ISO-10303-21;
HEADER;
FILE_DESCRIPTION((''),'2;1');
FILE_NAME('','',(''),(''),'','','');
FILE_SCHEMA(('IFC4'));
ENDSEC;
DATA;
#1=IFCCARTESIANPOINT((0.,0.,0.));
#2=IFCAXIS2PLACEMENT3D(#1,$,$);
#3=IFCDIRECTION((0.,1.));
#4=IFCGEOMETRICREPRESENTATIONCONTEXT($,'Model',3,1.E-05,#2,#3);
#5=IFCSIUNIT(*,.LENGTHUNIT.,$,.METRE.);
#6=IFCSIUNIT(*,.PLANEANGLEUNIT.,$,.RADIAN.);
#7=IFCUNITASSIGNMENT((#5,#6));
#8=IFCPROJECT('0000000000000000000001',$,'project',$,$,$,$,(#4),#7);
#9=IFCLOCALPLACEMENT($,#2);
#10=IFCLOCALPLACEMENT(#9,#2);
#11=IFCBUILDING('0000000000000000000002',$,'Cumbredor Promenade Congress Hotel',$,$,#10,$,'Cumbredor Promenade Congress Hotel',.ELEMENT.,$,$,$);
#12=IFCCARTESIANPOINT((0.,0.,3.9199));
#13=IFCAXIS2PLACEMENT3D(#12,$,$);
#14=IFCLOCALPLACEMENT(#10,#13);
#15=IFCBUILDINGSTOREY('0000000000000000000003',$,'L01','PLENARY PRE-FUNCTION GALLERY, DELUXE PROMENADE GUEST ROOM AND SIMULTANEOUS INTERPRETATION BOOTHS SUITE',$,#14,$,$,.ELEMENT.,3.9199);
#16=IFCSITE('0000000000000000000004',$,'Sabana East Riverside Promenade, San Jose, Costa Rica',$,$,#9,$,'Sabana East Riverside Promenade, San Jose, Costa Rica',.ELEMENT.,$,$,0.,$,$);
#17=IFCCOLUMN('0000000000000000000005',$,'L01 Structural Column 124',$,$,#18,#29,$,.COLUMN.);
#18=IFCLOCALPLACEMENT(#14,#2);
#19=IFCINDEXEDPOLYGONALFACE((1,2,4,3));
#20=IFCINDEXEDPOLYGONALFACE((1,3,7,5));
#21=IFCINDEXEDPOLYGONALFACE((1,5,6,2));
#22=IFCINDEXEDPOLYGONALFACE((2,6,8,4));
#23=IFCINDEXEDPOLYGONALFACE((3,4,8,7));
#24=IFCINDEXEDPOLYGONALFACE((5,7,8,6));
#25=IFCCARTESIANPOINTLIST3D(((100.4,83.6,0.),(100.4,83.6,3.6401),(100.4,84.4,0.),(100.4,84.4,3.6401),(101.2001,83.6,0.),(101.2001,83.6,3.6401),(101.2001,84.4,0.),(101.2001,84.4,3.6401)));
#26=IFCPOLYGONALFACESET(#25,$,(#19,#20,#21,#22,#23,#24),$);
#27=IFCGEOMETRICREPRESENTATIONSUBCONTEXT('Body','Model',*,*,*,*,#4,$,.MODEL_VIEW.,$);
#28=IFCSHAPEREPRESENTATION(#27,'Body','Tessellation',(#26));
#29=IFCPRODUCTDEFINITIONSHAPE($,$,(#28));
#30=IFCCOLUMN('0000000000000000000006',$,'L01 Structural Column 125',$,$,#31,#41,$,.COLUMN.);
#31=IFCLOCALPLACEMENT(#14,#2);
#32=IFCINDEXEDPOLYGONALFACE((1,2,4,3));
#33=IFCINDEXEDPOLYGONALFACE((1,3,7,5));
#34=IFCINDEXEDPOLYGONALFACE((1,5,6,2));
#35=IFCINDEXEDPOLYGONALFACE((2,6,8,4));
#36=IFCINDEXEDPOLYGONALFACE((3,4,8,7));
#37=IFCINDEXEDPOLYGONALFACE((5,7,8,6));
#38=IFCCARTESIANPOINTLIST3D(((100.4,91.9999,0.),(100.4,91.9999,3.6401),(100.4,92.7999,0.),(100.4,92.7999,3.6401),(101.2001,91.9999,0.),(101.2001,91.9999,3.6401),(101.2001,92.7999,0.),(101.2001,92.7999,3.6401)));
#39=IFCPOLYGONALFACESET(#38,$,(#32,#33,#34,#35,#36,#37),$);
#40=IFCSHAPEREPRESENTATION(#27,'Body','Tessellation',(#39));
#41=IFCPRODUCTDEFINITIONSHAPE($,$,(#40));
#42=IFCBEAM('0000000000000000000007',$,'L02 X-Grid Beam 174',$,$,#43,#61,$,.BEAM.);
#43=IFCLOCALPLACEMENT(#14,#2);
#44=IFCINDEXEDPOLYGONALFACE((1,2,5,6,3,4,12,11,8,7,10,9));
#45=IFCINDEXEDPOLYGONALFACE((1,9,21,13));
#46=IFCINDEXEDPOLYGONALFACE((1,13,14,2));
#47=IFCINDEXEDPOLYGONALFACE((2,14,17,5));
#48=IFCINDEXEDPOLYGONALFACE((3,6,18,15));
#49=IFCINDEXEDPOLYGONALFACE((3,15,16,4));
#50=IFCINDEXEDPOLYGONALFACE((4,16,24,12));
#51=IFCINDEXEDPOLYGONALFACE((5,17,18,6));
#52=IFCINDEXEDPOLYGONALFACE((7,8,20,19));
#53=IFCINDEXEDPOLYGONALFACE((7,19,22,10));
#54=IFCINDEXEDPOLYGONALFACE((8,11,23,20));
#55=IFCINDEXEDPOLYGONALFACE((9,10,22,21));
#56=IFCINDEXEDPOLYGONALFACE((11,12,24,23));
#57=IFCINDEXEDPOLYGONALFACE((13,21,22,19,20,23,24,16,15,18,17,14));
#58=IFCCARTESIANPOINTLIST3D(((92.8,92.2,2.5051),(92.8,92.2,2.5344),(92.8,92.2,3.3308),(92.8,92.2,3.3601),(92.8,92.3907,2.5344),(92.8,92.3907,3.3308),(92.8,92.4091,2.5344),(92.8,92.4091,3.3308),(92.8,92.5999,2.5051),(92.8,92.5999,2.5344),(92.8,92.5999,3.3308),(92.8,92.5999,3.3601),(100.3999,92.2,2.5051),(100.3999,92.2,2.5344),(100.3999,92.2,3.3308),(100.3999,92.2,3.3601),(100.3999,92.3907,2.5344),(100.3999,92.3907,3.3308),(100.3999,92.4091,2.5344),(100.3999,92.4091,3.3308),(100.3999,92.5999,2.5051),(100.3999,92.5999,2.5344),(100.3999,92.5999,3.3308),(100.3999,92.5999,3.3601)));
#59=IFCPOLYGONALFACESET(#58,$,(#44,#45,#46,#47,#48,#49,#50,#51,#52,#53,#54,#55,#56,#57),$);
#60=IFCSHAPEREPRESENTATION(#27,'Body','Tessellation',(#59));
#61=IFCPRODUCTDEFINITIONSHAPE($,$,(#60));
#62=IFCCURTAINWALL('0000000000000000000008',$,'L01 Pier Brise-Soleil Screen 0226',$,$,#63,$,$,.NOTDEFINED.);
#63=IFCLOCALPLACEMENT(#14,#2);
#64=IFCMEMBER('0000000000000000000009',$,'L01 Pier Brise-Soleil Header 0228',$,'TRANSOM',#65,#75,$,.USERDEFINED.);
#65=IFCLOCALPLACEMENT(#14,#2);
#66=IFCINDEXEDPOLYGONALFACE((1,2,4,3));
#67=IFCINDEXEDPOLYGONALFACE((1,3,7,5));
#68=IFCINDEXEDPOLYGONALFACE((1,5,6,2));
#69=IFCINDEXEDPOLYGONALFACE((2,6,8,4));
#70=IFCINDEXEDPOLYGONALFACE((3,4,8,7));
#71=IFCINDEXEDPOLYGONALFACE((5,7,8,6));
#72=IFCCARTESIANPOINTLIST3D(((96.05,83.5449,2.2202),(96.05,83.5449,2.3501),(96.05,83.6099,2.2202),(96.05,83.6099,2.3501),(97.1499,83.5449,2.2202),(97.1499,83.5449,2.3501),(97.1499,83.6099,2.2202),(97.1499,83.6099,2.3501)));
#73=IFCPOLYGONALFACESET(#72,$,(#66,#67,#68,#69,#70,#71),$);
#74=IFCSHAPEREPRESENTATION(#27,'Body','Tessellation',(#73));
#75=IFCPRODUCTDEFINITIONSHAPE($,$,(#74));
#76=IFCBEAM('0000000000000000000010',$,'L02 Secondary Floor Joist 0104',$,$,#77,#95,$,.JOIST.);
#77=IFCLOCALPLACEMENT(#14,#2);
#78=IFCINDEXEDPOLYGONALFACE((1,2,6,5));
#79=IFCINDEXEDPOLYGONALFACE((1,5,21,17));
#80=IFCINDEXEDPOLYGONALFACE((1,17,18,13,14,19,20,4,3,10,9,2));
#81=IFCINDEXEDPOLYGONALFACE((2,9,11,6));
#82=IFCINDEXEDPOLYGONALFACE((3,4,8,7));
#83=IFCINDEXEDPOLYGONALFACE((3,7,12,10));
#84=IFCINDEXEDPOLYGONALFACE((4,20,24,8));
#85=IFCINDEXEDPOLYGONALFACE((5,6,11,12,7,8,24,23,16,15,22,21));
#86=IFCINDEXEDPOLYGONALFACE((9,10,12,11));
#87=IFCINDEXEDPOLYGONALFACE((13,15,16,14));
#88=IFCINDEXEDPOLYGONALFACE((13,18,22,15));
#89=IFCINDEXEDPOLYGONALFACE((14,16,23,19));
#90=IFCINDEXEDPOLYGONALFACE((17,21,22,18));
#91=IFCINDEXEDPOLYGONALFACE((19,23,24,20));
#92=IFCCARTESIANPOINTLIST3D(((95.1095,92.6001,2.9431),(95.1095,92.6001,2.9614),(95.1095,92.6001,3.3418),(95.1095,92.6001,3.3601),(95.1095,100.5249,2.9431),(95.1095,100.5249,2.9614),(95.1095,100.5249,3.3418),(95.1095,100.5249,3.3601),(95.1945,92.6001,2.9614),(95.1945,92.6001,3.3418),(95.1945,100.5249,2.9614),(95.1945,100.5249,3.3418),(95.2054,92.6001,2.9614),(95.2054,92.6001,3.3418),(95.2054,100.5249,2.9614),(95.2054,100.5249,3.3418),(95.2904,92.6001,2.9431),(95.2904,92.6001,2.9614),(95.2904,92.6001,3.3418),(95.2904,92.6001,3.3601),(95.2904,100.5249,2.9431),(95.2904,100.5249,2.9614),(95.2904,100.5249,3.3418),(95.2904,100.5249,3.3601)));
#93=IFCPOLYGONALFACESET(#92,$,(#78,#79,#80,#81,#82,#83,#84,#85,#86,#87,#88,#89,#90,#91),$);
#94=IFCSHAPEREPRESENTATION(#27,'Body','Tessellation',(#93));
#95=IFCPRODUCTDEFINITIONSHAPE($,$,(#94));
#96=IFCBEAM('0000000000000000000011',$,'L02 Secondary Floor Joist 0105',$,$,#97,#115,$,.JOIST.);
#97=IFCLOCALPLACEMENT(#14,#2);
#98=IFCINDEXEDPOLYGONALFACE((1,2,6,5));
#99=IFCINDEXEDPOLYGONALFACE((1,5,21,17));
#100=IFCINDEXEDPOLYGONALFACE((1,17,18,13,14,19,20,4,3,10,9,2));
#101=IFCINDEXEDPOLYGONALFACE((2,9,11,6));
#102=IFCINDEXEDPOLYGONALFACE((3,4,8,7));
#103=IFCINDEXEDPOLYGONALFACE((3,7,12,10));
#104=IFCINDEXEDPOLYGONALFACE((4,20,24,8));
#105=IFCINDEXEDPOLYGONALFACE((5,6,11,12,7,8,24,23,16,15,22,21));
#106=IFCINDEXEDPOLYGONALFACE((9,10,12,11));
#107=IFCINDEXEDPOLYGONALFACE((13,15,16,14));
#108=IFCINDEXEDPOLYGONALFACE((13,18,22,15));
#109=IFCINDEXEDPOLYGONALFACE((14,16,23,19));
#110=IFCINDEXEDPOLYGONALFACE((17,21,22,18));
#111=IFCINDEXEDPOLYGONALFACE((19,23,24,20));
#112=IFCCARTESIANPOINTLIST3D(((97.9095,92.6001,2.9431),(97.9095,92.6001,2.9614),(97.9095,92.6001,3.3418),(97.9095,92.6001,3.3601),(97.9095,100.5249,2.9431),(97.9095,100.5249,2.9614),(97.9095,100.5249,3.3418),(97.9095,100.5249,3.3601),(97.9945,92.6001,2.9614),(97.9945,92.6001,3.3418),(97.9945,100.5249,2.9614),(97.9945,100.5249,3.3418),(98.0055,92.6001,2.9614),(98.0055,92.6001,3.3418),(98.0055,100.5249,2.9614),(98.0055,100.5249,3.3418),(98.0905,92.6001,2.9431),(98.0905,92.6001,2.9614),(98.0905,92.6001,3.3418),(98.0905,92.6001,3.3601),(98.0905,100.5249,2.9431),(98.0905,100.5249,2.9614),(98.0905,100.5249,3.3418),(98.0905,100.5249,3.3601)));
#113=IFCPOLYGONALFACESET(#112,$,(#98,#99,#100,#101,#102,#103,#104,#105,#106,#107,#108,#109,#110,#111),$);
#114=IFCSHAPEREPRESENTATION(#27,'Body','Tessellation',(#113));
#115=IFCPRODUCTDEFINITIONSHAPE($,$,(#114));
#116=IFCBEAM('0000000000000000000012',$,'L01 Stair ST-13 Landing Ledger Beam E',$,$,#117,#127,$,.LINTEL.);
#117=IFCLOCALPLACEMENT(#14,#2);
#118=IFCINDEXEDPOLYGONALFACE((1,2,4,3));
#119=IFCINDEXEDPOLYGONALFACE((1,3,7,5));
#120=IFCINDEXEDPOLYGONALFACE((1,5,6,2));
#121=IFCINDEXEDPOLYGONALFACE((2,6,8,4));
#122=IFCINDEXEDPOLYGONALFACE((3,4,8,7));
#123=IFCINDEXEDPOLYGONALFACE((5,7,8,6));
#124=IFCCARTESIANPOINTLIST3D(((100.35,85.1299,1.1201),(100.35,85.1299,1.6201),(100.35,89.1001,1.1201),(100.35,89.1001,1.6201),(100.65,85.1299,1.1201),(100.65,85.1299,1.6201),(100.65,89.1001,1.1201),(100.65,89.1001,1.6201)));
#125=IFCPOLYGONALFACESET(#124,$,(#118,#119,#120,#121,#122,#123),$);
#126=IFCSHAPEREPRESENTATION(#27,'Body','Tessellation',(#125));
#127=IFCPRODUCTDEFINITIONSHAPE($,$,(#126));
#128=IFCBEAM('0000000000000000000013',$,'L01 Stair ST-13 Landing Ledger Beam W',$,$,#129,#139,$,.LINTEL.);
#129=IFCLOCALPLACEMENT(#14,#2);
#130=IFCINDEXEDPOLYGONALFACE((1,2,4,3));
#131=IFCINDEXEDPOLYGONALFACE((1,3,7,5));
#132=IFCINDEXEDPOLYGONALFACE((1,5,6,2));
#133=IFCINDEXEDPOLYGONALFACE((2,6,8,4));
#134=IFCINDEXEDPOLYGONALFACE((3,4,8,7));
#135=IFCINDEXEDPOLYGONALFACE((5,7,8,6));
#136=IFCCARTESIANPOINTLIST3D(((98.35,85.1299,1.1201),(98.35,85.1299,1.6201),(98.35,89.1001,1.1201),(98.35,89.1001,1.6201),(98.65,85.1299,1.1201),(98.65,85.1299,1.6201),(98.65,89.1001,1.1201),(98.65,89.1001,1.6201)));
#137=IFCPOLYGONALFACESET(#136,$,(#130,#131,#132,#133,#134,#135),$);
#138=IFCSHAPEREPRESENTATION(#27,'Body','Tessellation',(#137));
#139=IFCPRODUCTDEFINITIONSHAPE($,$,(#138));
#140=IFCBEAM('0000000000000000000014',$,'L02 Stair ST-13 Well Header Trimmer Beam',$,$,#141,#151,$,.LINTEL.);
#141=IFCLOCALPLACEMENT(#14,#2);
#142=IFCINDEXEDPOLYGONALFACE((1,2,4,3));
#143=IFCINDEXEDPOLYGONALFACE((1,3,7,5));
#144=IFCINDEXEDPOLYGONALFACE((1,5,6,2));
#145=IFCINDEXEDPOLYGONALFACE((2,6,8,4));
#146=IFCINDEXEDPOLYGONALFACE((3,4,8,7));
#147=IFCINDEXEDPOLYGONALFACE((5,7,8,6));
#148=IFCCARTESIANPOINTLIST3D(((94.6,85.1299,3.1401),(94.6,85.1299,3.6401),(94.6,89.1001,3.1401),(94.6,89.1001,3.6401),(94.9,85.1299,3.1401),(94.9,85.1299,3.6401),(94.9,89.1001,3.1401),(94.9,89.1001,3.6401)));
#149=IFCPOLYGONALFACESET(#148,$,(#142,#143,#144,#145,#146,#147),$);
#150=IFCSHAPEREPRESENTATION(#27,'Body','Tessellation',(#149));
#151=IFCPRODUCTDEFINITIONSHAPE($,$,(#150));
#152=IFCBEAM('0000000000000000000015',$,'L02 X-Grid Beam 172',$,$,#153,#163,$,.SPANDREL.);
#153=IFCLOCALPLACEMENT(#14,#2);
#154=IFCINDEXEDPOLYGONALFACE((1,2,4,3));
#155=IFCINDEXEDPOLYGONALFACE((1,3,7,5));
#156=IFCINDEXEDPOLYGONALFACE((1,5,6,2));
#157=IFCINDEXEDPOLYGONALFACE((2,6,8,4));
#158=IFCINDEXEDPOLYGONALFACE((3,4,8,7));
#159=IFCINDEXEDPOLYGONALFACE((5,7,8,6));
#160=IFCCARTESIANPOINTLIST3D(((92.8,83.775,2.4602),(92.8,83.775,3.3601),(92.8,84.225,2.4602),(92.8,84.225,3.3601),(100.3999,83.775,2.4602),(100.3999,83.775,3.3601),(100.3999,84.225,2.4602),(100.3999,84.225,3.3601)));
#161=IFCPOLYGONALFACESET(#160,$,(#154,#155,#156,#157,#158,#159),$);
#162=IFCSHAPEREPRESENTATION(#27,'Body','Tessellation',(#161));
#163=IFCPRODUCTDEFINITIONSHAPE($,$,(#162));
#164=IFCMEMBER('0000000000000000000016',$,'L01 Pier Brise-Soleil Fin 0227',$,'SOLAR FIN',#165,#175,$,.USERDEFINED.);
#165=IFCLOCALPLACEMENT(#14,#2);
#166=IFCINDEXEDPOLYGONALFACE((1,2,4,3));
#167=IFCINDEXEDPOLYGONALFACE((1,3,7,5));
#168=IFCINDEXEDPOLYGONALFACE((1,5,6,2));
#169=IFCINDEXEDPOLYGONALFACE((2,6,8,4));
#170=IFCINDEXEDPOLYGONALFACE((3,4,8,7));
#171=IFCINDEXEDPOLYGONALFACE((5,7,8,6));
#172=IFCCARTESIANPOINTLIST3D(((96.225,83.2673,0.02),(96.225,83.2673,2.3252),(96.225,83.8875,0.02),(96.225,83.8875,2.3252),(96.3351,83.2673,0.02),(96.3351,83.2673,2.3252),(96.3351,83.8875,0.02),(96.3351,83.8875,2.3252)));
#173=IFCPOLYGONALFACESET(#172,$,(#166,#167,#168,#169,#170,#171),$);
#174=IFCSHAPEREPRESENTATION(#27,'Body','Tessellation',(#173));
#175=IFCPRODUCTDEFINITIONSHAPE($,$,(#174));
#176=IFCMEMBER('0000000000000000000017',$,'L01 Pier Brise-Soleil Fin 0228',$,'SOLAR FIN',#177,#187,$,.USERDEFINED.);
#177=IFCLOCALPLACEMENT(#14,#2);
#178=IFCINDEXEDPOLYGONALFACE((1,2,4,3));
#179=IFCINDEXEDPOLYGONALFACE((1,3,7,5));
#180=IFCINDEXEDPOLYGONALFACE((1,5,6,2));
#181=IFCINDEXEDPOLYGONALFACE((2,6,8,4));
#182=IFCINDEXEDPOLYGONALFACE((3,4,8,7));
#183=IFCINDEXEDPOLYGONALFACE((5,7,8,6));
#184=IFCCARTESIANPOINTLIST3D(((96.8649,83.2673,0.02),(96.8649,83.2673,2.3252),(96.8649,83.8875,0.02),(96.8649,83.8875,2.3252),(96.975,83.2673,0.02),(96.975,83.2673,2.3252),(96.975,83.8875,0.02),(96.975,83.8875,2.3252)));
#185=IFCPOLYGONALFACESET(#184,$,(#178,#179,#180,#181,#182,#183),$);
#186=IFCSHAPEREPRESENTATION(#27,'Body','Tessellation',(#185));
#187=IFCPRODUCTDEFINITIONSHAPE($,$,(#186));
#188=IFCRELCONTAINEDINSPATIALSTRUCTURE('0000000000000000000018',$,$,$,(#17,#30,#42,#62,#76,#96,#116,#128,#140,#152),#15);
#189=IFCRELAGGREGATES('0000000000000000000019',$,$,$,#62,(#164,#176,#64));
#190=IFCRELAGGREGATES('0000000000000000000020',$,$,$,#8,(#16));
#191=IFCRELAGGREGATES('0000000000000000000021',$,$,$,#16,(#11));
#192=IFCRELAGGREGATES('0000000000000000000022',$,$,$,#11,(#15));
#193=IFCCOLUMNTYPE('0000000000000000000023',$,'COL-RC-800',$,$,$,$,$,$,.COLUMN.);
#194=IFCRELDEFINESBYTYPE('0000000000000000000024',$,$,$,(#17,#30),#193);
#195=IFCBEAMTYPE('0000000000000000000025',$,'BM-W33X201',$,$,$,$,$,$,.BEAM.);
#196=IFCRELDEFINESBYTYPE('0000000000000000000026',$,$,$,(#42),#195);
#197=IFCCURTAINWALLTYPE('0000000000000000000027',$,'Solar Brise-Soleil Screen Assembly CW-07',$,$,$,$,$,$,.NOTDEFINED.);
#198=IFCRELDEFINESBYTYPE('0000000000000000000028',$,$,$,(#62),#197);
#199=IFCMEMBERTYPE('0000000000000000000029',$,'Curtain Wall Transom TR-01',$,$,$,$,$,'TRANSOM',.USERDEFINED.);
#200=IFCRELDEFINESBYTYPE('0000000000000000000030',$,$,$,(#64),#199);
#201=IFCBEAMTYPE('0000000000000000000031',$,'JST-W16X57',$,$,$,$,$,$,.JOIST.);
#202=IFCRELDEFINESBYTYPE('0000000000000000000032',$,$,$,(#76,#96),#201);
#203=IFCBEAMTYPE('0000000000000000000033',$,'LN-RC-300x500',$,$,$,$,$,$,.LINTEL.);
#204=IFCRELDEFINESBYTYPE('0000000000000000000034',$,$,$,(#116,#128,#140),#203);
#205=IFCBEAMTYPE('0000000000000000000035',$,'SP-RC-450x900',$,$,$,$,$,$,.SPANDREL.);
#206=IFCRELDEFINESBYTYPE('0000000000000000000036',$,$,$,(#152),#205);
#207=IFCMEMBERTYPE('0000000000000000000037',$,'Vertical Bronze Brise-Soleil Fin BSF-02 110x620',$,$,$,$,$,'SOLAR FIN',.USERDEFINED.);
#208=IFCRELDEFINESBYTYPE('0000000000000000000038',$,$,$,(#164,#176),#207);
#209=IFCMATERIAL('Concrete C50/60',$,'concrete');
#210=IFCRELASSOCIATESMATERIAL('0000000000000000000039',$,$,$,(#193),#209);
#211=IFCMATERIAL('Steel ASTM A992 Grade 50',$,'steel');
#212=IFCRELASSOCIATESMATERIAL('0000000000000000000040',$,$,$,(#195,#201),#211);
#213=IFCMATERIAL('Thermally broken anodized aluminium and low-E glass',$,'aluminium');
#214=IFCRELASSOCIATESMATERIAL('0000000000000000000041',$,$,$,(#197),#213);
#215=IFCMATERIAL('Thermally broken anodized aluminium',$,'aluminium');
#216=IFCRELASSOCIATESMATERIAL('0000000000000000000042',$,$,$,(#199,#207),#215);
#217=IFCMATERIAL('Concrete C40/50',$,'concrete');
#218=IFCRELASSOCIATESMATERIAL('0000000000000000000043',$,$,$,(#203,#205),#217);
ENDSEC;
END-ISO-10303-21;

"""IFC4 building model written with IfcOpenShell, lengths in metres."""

from ifc_helpers import new_model, si_unit, direction, frame, origin, origin_2d, place, context, subcontext, project, spatial, rectangle, i_section, extrude, material, material_profile, profile_set, type_object, element, aggregate, save


model = new_model("IFC4")

# Units and contexts
model_context = context("Model", 3, precision=1e-05, world=origin(), true_north=direction((0.0, 1.0)))
body_context = subcontext(model_context, "Body", "Model", "MODEL_VIEW")
ifc_project = project(units=[si_unit("LENGTHUNIT", "METRE"), si_unit("PLANEANGLEUNIT", "RADIAN")], contexts=[model_context])

# Site, building, storey
site_placement = place(None, origin())
site = spatial("IfcSite", under=ifc_project, at=site_placement, Name="Sabana East Riverside Promenade, San Jose, Costa Rica", LongName="Sabana East Riverside Promenade, San Jose, Costa Rica", CompositionType="ELEMENT", RefElevation=0.0)
building_placement = place(site_placement, origin())
building = spatial("IfcBuilding", under=site, at=building_placement, Name="Cumbredor Promenade Congress Hotel", LongName="Cumbredor Promenade Congress Hotel", CompositionType="ELEMENT")
storey_placement = place(building_placement, frame((0.0, 0.0, 3.9199)))
storey = spatial("IfcBuildingStorey", under=building, at=storey_placement, Name="L01", Description="PLENARY PRE-FUNCTION GALLERY, DELUXE PROMENADE GUEST ROOM AND SIMULTANEOUS INTERPRETATION BOOTHS SUITE", CompositionType="ELEMENT", Elevation=3.9199)

# Columns
ifc_material_1 = material(Name="Concrete C50/60", Category="concrete")
ifc_material_profile_1 = material_profile(ifc_material_1, rectangle(XDim=0.8, YDim=0.8, at=origin_2d()), Name="RC 800x800")
ifc_profile_set_1 = profile_set([ifc_material_profile_1], Name="Concrete C50/60")
column_type = type_object("IfcColumnType", Name="COL-RC-800", PredefinedType="COLUMN", material=ifc_profile_set_1)
for number, where, z_axis, x_axis, name in (
    (1, (100.8, 84.0, 0.0), (0.0, 0.0, 1.0), (1.0, 0.0, 0.0), "L01 Structural Column 124"),
    (2, (100.8, 92.3999, 0.0), (0.0, 0.0, 1.0), (1.0, 0.0, 0.0), "L01 Structural Column 125"),
):
    element("IfcColumn", number, at=place(storey_placement, frame(where, z_axis=z_axis, x_axis=x_axis)), inside=storey, type_object=column_type, Name=name, PredefinedType="COLUMN", context=body_context, shape_type="SweptSolid", body=[
        extrude(rectangle(XDim=0.8, YDim=0.8, at=origin_2d()), origin(), (0.0, 0.0, 1.0), 3.6401),
    ])

# Beam
ifc_material_2 = material(Name="Steel ASTM A992 Grade 50", Category="steel")
ifc_material_profile_2 = material_profile(ifc_material_2, i_section(OverallWidth=0.3999, OverallDepth=0.855, WebThickness=0.0183, FlangeThickness=0.0293, at=origin_2d()), Name="W33X201")
ifc_profile_set_2 = profile_set([ifc_material_profile_2], Name="Steel ASTM A992 Grade 50")
beam_type_1 = type_object("IfcBeamType", Name="BM-W33X201", PredefinedType="BEAM", material=ifc_profile_set_2)
beam_1_placement = place(storey_placement, frame((92.8, 92.3999, 2.9326), z_axis=(1.0, 0.0, 0.0), x_axis=(0.0, 1.0, 0.0)))
element("IfcBeam", 3, at=beam_1_placement, inside=storey, type_object=beam_type_1, Name="L02 X-Grid Beam 174", PredefinedType="BEAM", context=body_context, shape_type="SweptSolid", body=[
    extrude(i_section(OverallWidth=0.3999, OverallDepth=0.855, WebThickness=0.0183, FlangeThickness=0.0293, at=origin_2d()), origin(), (0.0, 0.0, 1.0), 7.5999),
])

# Curtain wall, member
ifc_material_3 = material(Name="Thermally broken anodized aluminium and low-E glass", Category="aluminium")
curtain_wall_type = type_object("IfcCurtainWallType", Name="Solar Brise-Soleil Screen Assembly CW-07", PredefinedType="NOTDEFINED", material=ifc_material_3)
curtain_wall_placement = place(storey_placement, origin())
curtain_wall = element("IfcCurtainWall", 4, at=curtain_wall_placement, inside=storey, type_object=curtain_wall_type, Name="L01 Pier Brise-Soleil Screen 0226", PredefinedType="NOTDEFINED")
ifc_material_4 = material(Name="Thermally broken anodized aluminium", Category="aluminium")
ifc_material_profile_3 = material_profile(ifc_material_4, rectangle(XDim=0.0649, YDim=0.1299, at=origin_2d()), Name="ALU TRANSOM 65x130")
ifc_profile_set_3 = profile_set([ifc_material_profile_3], Name="Thermally broken anodized aluminium")
member_type_1 = type_object("IfcMemberType", Name="Curtain Wall Transom TR-01", ElementType="TRANSOM", PredefinedType="USERDEFINED", material=ifc_profile_set_3)
member_1_placement = place(storey_placement, frame((96.05, 83.5774, 2.2852), z_axis=(1.0, 0.0, 0.0), x_axis=(0.0, 1.0, 0.0)))
member_1 = element("IfcMember", 5, at=member_1_placement, type_object=member_type_1, Name="L01 Pier Brise-Soleil Header 0228", ObjectType="TRANSOM", PredefinedType="USERDEFINED", context=body_context, shape_type="SweptSolid", body=[
    extrude(rectangle(XDim=0.0649, YDim=0.1299, at=origin_2d()), origin(), (0.0, 0.0, 1.0), 1.0999),
])

# Beams
ifc_material_profile_4 = material_profile(ifc_material_2, i_section(OverallWidth=0.1809, OverallDepth=0.417, WebThickness=0.011, FlangeThickness=0.0183, at=origin_2d()), Name="W16X57")
ifc_profile_set_4 = profile_set([ifc_material_profile_4], Name="Steel ASTM A992 Grade 50")
beam_type_2 = type_object("IfcBeamType", Name="JST-W16X57", PredefinedType="JOIST", material=ifc_profile_set_4)
for number, where, z_axis, x_axis, name in (
    (6, (95.2, 92.6001, 3.1516), (0.0, 1.0, 0.0), (-1.0, 0.0, 0.0), "L02 Secondary Floor Joist 0104"),
    (7, (98.0, 92.6001, 3.1516), (0.0, 1.0, 0.0), (-1.0, 0.0, 0.0), "L02 Secondary Floor Joist 0105"),
):
    element("IfcBeam", number, at=place(storey_placement, frame(where, z_axis=z_axis, x_axis=x_axis)), inside=storey, type_object=beam_type_2, Name=name, PredefinedType="JOIST", context=body_context, shape_type="SweptSolid", body=[
        extrude(i_section(OverallWidth=0.1809, OverallDepth=0.417, WebThickness=0.011, FlangeThickness=0.0183, at=origin_2d()), origin(), (0.0, 0.0, 1.0), 7.9248),
    ])
ifc_material_5 = material(Name="Concrete C40/50", Category="concrete")
ifc_material_profile_5 = material_profile(ifc_material_5, rectangle(XDim=0.3, YDim=0.5, at=origin_2d()), Name="RC LINTEL 300x500")
ifc_profile_set_5 = profile_set([ifc_material_profile_5], Name="Concrete C40/50")
beam_type_3 = type_object("IfcBeamType", Name="LN-RC-300x500", PredefinedType="LINTEL", material=ifc_profile_set_5)
for number, where, z_axis, x_axis, name in (
    (8, (100.5, 85.1299, 1.3701), (0.0, 1.0, 0.0), (-1.0, 0.0, 0.0), "L01 Stair ST-13 Landing Ledger Beam E"),
    (9, (98.5, 85.1299, 1.3701), (0.0, 1.0, 0.0), (-1.0, 0.0, 0.0), "L01 Stair ST-13 Landing Ledger Beam W"),
    (10, (94.75, 85.1299, 3.3901), (0.0, 1.0, 0.0), (-1.0, 0.0, 0.0), "L02 Stair ST-13 Well Header Trimmer Beam"),
):
    element("IfcBeam", number, at=place(storey_placement, frame(where, z_axis=z_axis, x_axis=x_axis)), inside=storey, type_object=beam_type_3, Name=name, PredefinedType="LINTEL", context=body_context, shape_type="SweptSolid", body=[
        extrude(rectangle(XDim=0.3, YDim=0.5, at=origin_2d()), origin(), (0.0, 0.0, 1.0), 3.9702),
    ])
ifc_material_profile_6 = material_profile(ifc_material_5, rectangle(XDim=0.45, YDim=0.8999, at=origin_2d()), Name="RC SPANDREL 450x900")
ifc_profile_set_6 = profile_set([ifc_material_profile_6], Name="Concrete C40/50")
beam_type_4 = type_object("IfcBeamType", Name="SP-RC-450x900", PredefinedType="SPANDREL", material=ifc_profile_set_6)
beam_2_placement = place(storey_placement, frame((92.8, 84.0, 2.9102), z_axis=(1.0, 0.0, 0.0), x_axis=(0.0, 1.0, 0.0)))
element("IfcBeam", 11, at=beam_2_placement, inside=storey, type_object=beam_type_4, Name="L02 X-Grid Beam 172", PredefinedType="SPANDREL", context=body_context, shape_type="SweptSolid", body=[
    extrude(rectangle(XDim=0.45, YDim=0.8999, at=origin_2d()), origin(), (0.0, 0.0, 1.0), 7.5999),
])

# Members
ifc_material_profile_7 = material_profile(ifc_material_4, rectangle(XDim=0.1101, YDim=0.6201, at=origin_2d()), Name="ARCH FIN 110x620")
ifc_profile_set_7 = profile_set([ifc_material_profile_7], Name="Thermally broken anodized aluminium")
member_type_2 = type_object("IfcMemberType", Name="Vertical Bronze Brise-Soleil Fin BSF-02 110x620", ElementType="SOLAR FIN", PredefinedType="USERDEFINED", material=ifc_profile_set_7)
member_2_placement = place(storey_placement, frame((96.28, 83.5774, 0.02), z_axis=(0.0, 0.0, 1.0), x_axis=(1.0, 0.0, 0.0)))
member_2 = element("IfcMember", 12, at=member_2_placement, type_object=member_type_2, Name="L01 Pier Brise-Soleil Fin 0227", ObjectType="SOLAR FIN", PredefinedType="USERDEFINED", context=body_context, shape_type="SweptSolid", body=[
    extrude(rectangle(XDim=0.1101, YDim=0.6201, at=origin_2d()), origin(), (0.0, 0.0, 1.0), 2.3052),
])
member_3_placement = place(storey_placement, frame((96.9199, 83.5774, 0.02), z_axis=(0.0, 0.0, 1.0), x_axis=(1.0, 0.0, 0.0)))
member_3 = element("IfcMember", 13, at=member_3_placement, type_object=member_type_2, Name="L01 Pier Brise-Soleil Fin 0228", ObjectType="SOLAR FIN", PredefinedType="USERDEFINED", context=body_context, shape_type="SweptSolid", body=[
    extrude(rectangle(XDim=0.1101, YDim=0.6201, at=origin_2d()), origin(), (0.0, 0.0, 1.0), 2.3052),
])
aggregate(curtain_wall, [member_2, member_3, member_1])

save(model, "model.ifc")
